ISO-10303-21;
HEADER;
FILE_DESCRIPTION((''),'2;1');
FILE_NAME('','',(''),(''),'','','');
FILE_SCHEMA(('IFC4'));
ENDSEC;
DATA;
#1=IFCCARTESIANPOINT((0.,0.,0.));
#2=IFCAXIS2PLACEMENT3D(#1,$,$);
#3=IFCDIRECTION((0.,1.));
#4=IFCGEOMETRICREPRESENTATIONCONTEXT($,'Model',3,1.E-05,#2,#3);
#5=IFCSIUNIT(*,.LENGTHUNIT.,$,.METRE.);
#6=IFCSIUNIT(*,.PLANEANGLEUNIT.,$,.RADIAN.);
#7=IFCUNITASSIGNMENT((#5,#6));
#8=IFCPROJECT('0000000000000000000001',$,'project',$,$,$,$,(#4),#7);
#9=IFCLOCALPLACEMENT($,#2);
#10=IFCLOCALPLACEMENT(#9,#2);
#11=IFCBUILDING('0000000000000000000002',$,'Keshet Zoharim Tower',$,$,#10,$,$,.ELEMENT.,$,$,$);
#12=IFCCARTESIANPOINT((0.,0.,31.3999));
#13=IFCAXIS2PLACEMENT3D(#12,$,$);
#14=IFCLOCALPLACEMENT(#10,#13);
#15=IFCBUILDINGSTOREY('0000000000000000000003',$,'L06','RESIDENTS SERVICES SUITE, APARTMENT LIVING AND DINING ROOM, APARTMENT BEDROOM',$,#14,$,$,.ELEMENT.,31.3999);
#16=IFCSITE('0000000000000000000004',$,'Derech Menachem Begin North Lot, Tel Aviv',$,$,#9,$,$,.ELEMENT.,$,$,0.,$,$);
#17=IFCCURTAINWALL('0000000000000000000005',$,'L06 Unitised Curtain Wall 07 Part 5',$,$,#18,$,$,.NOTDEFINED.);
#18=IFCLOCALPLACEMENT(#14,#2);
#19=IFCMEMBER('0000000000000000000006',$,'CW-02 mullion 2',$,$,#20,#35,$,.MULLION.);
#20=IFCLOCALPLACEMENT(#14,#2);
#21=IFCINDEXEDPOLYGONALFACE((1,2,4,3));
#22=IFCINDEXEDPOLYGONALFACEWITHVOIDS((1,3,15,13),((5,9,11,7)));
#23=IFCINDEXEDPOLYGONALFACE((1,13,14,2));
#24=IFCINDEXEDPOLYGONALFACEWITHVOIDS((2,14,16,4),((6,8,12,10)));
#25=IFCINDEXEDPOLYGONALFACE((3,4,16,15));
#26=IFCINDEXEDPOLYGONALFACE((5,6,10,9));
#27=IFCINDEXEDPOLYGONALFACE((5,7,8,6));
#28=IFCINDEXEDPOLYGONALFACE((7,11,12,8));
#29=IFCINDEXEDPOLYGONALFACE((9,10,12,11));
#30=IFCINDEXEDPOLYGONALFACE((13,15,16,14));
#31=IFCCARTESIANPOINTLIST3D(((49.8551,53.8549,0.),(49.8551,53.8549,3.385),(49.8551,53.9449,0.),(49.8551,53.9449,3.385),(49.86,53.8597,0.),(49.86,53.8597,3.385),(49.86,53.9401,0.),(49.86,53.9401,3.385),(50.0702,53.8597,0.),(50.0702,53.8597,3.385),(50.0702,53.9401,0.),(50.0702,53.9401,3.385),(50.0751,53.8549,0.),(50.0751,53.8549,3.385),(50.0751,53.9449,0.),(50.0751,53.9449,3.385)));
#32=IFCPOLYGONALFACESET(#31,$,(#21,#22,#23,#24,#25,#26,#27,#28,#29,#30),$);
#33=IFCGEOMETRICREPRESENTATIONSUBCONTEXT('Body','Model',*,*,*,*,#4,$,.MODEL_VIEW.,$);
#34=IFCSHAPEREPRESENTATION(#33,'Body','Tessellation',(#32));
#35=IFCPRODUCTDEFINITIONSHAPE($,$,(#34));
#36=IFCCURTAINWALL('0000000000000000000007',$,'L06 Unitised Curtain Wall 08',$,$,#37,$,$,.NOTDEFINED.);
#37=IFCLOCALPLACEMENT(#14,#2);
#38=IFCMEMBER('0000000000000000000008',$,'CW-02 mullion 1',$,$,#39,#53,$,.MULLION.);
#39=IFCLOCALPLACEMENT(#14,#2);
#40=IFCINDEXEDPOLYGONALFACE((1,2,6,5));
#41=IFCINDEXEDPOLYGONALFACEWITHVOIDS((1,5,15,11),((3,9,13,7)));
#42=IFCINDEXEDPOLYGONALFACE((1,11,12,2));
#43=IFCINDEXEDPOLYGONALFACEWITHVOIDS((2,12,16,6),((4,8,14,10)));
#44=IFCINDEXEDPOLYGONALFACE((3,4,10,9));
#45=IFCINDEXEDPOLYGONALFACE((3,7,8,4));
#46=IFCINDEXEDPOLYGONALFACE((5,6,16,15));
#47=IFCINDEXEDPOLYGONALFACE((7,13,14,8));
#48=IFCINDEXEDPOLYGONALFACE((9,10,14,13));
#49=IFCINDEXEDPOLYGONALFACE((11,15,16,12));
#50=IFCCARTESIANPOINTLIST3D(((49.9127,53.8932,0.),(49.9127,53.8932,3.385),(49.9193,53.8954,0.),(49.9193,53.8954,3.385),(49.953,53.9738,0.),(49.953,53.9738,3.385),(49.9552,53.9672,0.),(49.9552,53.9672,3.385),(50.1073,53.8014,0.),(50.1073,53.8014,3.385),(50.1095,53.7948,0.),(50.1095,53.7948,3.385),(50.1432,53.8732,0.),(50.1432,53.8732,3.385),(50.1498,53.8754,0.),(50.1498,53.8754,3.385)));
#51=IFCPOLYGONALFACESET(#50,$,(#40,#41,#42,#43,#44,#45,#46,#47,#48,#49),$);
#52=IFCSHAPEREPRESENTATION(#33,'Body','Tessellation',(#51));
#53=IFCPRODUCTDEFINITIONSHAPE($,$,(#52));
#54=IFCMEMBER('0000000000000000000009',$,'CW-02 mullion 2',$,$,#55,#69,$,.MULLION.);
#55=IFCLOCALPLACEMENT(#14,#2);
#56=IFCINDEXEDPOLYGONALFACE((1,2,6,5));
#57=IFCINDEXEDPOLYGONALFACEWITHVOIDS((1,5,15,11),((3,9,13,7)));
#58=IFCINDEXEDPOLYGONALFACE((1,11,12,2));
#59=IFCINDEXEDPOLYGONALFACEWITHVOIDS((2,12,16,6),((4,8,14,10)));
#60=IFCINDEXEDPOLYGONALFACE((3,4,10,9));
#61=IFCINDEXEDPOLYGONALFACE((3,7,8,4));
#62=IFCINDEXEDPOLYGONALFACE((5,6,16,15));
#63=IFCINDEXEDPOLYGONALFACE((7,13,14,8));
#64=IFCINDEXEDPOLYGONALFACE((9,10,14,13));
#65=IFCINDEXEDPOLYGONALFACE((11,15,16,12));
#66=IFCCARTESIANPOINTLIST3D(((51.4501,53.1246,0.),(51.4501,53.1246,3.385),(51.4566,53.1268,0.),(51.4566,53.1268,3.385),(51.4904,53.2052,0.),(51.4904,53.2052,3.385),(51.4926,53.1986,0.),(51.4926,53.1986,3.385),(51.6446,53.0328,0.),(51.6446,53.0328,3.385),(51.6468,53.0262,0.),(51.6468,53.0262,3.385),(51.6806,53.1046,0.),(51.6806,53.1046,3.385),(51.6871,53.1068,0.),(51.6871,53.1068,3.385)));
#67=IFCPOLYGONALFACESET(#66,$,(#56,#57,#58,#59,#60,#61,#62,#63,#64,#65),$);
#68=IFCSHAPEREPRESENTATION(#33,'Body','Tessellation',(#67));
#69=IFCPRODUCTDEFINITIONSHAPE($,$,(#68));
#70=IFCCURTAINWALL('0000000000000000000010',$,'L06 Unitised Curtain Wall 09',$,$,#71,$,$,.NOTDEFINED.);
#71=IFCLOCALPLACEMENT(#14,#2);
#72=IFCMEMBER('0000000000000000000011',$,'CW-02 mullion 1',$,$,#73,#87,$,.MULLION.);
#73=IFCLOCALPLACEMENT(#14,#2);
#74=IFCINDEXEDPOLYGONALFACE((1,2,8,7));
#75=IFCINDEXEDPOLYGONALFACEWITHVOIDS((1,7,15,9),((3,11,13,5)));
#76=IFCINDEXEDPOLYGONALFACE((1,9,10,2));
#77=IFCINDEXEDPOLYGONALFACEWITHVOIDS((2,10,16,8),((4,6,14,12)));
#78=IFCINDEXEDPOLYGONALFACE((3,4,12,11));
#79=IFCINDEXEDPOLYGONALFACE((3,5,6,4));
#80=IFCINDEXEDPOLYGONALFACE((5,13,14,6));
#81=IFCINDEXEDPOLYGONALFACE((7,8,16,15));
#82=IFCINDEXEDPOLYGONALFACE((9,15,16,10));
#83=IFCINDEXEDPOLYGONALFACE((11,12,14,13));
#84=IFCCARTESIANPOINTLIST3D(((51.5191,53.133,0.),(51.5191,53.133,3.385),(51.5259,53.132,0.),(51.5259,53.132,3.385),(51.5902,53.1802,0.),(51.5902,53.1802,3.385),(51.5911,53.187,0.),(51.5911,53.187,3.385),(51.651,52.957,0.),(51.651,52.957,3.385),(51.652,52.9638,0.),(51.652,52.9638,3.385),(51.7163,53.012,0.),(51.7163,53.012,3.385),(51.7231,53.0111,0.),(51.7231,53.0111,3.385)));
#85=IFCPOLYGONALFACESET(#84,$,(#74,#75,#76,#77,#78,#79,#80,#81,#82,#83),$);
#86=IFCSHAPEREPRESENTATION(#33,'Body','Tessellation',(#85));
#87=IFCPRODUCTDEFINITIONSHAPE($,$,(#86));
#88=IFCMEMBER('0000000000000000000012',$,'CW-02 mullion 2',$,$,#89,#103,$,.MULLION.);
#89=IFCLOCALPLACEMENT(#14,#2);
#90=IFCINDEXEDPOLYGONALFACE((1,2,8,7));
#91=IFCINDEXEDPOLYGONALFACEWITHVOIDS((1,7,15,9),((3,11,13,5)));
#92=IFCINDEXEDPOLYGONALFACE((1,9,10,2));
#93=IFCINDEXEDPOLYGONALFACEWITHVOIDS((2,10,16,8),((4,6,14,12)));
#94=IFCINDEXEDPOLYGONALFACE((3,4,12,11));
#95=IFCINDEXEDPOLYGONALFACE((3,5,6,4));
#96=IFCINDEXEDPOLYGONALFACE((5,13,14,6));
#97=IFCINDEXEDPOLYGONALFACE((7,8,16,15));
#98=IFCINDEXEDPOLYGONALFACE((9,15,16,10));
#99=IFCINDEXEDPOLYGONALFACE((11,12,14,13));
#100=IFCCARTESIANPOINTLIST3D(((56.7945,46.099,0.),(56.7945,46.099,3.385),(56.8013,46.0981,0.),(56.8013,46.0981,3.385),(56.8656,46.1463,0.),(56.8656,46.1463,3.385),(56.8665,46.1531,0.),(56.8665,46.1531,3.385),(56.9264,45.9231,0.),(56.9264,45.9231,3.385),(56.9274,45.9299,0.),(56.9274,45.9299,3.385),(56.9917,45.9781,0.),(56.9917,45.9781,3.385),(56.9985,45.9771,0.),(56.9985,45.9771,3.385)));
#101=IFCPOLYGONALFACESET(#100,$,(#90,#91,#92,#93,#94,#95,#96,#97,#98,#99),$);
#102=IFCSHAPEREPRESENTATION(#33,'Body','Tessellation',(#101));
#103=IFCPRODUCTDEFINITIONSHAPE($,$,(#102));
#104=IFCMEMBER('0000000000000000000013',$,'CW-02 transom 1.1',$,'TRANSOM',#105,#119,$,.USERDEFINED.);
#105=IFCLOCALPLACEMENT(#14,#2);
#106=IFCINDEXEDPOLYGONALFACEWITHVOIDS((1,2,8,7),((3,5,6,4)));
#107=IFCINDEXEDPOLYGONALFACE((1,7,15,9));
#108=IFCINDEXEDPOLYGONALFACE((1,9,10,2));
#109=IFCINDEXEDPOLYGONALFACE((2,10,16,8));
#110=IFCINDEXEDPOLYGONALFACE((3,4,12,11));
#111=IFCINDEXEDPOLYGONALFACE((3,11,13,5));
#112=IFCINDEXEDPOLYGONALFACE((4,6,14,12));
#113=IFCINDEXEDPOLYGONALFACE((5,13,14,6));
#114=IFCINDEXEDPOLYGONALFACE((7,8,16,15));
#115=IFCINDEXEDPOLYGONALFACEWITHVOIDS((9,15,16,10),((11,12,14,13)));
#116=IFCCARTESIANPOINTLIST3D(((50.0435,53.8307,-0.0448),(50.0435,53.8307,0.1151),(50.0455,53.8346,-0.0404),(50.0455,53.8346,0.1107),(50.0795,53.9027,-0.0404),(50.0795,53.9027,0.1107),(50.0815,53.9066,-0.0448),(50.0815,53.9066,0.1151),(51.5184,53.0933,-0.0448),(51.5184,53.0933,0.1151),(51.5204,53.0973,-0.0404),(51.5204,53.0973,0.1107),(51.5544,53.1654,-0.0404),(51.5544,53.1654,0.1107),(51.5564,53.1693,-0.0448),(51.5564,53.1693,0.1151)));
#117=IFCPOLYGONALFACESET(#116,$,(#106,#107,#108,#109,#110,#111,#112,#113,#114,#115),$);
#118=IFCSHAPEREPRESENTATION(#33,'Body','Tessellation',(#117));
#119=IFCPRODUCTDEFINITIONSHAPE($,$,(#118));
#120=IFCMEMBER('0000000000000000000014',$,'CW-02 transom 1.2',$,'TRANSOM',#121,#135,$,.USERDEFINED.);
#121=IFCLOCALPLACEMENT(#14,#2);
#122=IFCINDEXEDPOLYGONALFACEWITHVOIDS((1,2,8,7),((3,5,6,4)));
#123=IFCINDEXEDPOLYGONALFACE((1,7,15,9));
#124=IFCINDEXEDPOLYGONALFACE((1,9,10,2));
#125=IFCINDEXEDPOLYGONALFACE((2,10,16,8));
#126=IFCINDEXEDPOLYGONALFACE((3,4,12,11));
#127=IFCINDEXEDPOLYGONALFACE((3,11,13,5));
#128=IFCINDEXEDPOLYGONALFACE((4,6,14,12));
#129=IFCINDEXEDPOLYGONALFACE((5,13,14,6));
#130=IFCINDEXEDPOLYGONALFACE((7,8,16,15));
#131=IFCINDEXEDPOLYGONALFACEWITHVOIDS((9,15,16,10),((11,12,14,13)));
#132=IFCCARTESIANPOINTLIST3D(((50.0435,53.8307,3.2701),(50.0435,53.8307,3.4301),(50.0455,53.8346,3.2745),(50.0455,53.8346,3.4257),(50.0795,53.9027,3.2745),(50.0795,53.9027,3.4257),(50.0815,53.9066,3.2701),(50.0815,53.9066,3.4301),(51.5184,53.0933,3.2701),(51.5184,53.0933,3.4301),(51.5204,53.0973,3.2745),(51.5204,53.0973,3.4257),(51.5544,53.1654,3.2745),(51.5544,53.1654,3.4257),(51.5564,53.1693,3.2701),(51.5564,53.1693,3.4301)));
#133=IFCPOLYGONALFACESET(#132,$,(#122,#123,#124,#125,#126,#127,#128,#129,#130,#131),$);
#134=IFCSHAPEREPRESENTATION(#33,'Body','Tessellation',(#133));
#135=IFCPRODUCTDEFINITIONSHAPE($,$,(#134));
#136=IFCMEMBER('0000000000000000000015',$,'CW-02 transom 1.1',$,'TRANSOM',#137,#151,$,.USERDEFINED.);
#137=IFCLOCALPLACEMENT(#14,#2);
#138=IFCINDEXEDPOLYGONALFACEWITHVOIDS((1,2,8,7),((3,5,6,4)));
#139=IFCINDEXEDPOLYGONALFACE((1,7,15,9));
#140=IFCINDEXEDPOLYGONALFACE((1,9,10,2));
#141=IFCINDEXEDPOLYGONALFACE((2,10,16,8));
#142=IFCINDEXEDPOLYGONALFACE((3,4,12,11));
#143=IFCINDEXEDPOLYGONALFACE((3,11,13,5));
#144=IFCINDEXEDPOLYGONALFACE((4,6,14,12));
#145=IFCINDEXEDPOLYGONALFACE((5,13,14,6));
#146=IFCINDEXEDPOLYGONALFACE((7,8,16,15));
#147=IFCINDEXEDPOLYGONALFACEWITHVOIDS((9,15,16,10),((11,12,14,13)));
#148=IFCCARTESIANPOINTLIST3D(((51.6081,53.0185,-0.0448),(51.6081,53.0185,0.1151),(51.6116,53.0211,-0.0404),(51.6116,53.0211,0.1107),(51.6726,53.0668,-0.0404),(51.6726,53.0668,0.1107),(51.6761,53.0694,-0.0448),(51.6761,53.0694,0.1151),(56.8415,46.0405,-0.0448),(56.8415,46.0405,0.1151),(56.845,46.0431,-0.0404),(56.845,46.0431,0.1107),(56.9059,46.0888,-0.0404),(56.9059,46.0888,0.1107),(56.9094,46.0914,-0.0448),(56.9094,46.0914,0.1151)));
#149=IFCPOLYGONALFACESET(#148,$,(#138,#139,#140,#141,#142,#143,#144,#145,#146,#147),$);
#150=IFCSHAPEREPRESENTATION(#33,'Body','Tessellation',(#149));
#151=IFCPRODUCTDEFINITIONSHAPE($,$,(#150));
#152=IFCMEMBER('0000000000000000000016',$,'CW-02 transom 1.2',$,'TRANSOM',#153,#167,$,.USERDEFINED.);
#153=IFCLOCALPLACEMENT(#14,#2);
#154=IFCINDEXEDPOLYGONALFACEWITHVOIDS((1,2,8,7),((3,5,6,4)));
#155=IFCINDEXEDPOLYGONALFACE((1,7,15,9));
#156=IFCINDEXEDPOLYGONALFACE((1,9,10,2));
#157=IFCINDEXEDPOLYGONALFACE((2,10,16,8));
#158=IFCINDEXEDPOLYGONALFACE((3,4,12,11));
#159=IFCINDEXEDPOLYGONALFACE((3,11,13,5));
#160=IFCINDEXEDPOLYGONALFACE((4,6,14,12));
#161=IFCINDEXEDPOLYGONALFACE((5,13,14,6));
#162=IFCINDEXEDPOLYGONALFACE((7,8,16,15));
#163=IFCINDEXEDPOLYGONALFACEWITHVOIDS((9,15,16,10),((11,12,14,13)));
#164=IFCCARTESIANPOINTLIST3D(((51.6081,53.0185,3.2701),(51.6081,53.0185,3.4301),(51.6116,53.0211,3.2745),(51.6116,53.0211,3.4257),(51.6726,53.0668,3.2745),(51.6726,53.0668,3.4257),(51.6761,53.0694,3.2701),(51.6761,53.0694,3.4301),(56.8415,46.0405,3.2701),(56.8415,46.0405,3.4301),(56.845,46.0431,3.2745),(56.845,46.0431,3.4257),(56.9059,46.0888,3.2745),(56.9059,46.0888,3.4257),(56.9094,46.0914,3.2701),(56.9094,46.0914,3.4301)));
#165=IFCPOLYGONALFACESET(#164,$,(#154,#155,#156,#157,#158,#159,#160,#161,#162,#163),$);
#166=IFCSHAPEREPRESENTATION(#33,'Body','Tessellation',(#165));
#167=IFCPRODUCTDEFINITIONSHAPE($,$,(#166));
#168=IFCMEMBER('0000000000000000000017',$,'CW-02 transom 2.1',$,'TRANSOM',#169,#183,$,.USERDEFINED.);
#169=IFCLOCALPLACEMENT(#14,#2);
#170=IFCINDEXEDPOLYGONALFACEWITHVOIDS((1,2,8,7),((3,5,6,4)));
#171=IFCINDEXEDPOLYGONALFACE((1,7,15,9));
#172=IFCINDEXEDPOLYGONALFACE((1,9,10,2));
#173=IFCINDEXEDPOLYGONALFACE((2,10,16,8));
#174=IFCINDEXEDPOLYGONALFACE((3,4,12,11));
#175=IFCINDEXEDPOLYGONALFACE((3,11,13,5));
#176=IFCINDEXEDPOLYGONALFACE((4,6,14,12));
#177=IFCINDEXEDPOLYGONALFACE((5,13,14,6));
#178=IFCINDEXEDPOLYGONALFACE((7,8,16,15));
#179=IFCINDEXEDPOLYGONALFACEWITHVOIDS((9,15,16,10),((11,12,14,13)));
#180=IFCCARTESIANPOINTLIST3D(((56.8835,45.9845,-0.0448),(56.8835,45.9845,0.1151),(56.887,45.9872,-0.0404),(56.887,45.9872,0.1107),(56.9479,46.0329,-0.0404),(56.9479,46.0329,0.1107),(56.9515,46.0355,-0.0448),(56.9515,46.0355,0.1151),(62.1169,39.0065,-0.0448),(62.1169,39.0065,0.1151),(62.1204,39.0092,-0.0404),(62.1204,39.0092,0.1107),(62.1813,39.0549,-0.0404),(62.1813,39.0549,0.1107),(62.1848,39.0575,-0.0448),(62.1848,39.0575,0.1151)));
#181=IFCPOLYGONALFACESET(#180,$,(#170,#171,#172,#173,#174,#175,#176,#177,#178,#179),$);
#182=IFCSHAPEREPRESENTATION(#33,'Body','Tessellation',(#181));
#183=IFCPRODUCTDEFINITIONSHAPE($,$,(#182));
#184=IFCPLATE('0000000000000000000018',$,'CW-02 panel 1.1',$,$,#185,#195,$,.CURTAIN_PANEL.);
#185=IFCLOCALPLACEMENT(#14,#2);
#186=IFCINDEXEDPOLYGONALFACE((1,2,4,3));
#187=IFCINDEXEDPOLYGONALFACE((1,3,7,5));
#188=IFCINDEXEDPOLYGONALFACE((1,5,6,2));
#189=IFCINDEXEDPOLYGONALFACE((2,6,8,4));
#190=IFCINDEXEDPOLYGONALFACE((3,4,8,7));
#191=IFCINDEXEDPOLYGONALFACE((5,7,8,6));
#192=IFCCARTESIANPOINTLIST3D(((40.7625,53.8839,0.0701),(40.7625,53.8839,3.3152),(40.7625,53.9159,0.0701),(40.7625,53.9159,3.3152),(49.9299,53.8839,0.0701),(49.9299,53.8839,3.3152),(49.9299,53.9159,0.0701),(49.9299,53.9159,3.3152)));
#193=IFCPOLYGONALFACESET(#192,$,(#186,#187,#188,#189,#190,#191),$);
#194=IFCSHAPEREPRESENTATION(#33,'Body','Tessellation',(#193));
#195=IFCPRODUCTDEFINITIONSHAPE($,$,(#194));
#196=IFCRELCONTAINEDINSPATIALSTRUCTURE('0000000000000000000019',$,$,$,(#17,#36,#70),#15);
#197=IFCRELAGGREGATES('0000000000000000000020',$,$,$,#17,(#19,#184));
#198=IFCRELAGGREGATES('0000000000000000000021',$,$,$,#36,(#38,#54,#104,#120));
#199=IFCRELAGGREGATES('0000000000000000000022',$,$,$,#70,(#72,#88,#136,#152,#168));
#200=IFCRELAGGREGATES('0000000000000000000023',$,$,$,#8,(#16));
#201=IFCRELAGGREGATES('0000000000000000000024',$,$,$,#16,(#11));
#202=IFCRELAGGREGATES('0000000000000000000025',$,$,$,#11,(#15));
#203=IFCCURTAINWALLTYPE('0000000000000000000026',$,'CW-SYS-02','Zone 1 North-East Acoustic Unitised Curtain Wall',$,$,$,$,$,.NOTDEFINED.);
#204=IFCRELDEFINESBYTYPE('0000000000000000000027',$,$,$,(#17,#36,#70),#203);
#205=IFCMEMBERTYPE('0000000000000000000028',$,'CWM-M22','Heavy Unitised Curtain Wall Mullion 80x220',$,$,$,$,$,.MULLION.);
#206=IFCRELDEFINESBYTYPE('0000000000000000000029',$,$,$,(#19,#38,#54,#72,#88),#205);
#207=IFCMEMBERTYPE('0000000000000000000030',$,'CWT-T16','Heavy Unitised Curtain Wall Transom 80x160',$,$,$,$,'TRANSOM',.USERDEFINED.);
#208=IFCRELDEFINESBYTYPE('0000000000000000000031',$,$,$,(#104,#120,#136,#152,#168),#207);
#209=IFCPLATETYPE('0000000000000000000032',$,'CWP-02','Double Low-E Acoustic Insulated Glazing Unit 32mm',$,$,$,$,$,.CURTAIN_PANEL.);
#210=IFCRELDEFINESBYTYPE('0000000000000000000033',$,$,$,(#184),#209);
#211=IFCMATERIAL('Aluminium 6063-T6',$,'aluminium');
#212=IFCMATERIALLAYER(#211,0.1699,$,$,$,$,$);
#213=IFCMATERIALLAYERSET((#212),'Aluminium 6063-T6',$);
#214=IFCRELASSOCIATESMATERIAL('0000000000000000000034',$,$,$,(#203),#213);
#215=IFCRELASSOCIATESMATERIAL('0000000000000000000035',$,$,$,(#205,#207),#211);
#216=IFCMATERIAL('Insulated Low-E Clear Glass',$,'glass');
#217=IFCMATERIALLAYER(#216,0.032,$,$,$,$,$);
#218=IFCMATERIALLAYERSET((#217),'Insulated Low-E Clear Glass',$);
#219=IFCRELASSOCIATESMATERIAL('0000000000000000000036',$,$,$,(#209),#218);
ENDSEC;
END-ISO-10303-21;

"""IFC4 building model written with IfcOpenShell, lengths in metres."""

from ifc_helpers import new_model, si_unit, direction, frame, origin, origin_2d, place, context, subcontext, project, spatial, rectangle, hollow_rectangle, extrude, material, layer, layer_set, material_profile, profile_set, type_object, element, aggregate, save


model = new_model("IFC4")

# Units and contexts
model_context = context("Model", 3, precision=1e-05, world=origin(), true_north=direction((0.0, 1.0)))
body_context = subcontext(model_context, "Body", "Model", "MODEL_VIEW")
ifc_project = project(units=[si_unit("LENGTHUNIT", "METRE"), si_unit("PLANEANGLEUNIT", "RADIAN")], contexts=[model_context])

# Site, building, storey
site_placement = place(None, origin())
site = spatial("IfcSite", under=ifc_project, at=site_placement, Name="Derech Menachem Begin North Lot, Tel Aviv", CompositionType="ELEMENT", RefElevation=0.0)
building_placement = place(site_placement, origin())
building = spatial("IfcBuilding", under=site, at=building_placement, Name="Keshet Zoharim Tower", CompositionType="ELEMENT")
storey_placement = place(building_placement, frame((0.0, 0.0, 31.3999)))
storey = spatial("IfcBuildingStorey", under=building, at=storey_placement, Name="L06", Description="RESIDENTS SERVICES SUITE, APARTMENT LIVING AND DINING ROOM, APARTMENT BEDROOM", CompositionType="ELEMENT", Elevation=31.3999)

# Curtain wall, member
ifc_material_1 = material(Name="Aluminium 6063-T6", Category="aluminium")
ifc_layer_1 = layer(ifc_material_1, 0.1699)
ifc_layer_set_1 = layer_set([ifc_layer_1], Name="Aluminium 6063-T6")
curtain_wall_type = type_object("IfcCurtainWallType", Name="CW-SYS-02", Description="Zone 1 North-East Acoustic Unitised Curtain Wall", PredefinedType="NOTDEFINED", material=ifc_layer_set_1)
curtain_wall_1_placement = place(storey_placement, origin())
curtain_wall_1 = element("IfcCurtainWall", 1, at=curtain_wall_1_placement, inside=storey, type_object=curtain_wall_type, Name="L06 Unitised Curtain Wall 07 Part 5", PredefinedType="NOTDEFINED")
ifc_material_profile_1 = material_profile(ifc_material_1, hollow_rectangle(XDim=0.0901, YDim=0.22, WallThickness=0.0049, at=origin_2d()), Name="MUL-90x220")
ifc_profile_set_1 = profile_set([ifc_material_profile_1], Name="Aluminium 6063-T6")
member_type_1 = type_object("IfcMemberType", Name="CWM-M22", Description="Heavy Unitised Curtain Wall Mullion 80x220", PredefinedType="MULLION", material=ifc_profile_set_1)
member_1_placement = place(storey_placement, frame((49.9651, 53.8999, 0.0), z_axis=(0.0, 0.0, 1.0), x_axis=(0.0, 1.0, 0.0)))
member_1 = element("IfcMember", 2, at=member_1_placement, type_object=member_type_1, Name="CW-02 mullion 2", PredefinedType="MULLION", context=body_context, shape_type="SweptSolid", body=[
    extrude(hollow_rectangle(XDim=0.0901, YDim=0.22, WallThickness=0.0049, at=origin_2d()), origin(), (0.0, 0.0, 1.0), 3.385),
])

# Curtain walls, members
curtain_wall_2_placement = place(storey_placement, origin())
curtain_wall_2 = element("IfcCurtainWall", 3, at=curtain_wall_2_placement, inside=storey, type_object=curtain_wall_type, Name="L06 Unitised Curtain Wall 08", PredefinedType="NOTDEFINED")
member_2_placement = place(storey_placement, frame((50.0312, 53.8843, 0.0), z_axis=(0.0, 0.0, 1.0), x_axis=(0.447214, 0.894427, 0.0)))
member_2 = element("IfcMember", 4, at=member_2_placement, type_object=member_type_1, Name="CW-02 mullion 1", PredefinedType="MULLION", context=body_context, shape_type="SweptSolid", body=[
    extrude(hollow_rectangle(XDim=0.0901, YDim=0.22, WallThickness=0.0049, at=origin_2d()), origin(), (0.0, 0.0, 1.0), 3.385),
])
member_3_placement = place(storey_placement, frame((51.5686, 53.1157, 0.0), z_axis=(0.0, 0.0, 1.0), x_axis=(0.447214, 0.894427, 0.0)))
member_3 = element("IfcMember", 5, at=member_3_placement, type_object=member_type_1, Name="CW-02 mullion 2", PredefinedType="MULLION", context=body_context, shape_type="SweptSolid", body=[
    extrude(hollow_rectangle(XDim=0.0901, YDim=0.22, WallThickness=0.0049, at=origin_2d()), origin(), (0.0, 0.0, 1.0), 3.385),
])
curtain_wall_3_placement = place(storey_placement, origin())
curtain_wall_3 = element("IfcCurtainWall", 6, at=curtain_wall_3_placement, inside=storey, type_object=curtain_wall_type, Name="L06 Unitised Curtain Wall 09", PredefinedType="NOTDEFINED")
member_4_placement = place(storey_placement, frame((51.6211, 53.072, 0.0), z_axis=(0.0, 0.0, 1.0), x_axis=(0.8, 0.6, 0.0)))
member_4 = element("IfcMember", 7, at=member_4_placement, type_object=member_type_1, Name="CW-02 mullion 1", PredefinedType="MULLION", context=body_context, shape_type="SweptSolid", body=[
    extrude(hollow_rectangle(XDim=0.0901, YDim=0.22, WallThickness=0.0049, at=origin_2d()), origin(), (0.0, 0.0, 1.0), 3.385),
])
member_5_placement = place(storey_placement, frame((56.8965, 46.0381, 0.0), z_axis=(0.0, 0.0, 1.0), x_axis=(0.8, 0.6, 0.0)))
member_5 = element("IfcMember", 8, at=member_5_placement, type_object=member_type_1, Name="CW-02 mullion 2", PredefinedType="MULLION", context=body_context, shape_type="SweptSolid", body=[
    extrude(hollow_rectangle(XDim=0.0901, YDim=0.22, WallThickness=0.0049, at=origin_2d()), origin(), (0.0, 0.0, 1.0), 3.385),
])

# Members
ifc_material_profile_2 = material_profile(ifc_material_1, hollow_rectangle(XDim=0.085, YDim=0.1599, WallThickness=0.0044, at=origin_2d()), Name="TRN-85x160")
ifc_profile_set_2 = profile_set([ifc_material_profile_2], Name="Aluminium 6063-T6")
member_type_2 = type_object("IfcMemberType", Name="CWT-T16", Description="Heavy Unitised Curtain Wall Transom 80x160", ElementType="TRANSOM", PredefinedType="USERDEFINED", material=ifc_profile_set_2)
member_6_placement = place(storey_placement, frame((50.0625, 53.8687, 0.0352), z_axis=(0.894457, -0.447154, 0.0), x_axis=(0.447154, 0.894457, 0.0)))
member_6 = element("IfcMember", 9, at=member_6_placement, type_object=member_type_2, Name="CW-02 transom 1.1", ObjectType="TRANSOM", PredefinedType="USERDEFINED", context=body_context, shape_type="SweptSolid", body=[
    extrude(hollow_rectangle(XDim=0.085, YDim=0.1599, WallThickness=0.0044, at=origin_2d()), origin(), (0.0, 0.0, 1.0), 1.6489),
])
member_7_placement = place(storey_placement, frame((50.0625, 53.8687, 3.3501), z_axis=(0.894457, -0.447154, 0.0), x_axis=(0.447154, 0.894457, 0.0)))
member_7 = element("IfcMember", 10, at=member_7_placement, type_object=member_type_2, Name="CW-02 transom 1.2", ObjectType="TRANSOM", PredefinedType="USERDEFINED", context=body_context, shape_type="SweptSolid", body=[
    extrude(hollow_rectangle(XDim=0.085, YDim=0.1599, WallThickness=0.0044, at=origin_2d()), origin(), (0.0, 0.0, 1.0), 1.6489),
])
member_8_placement = place(storey_placement, frame((51.6421, 53.0439, 0.0352), z_axis=(0.599991, -0.800007, 0.0), x_axis=(0.800007, 0.599991, 0.0)))
member_8 = element("IfcMember", 11, at=member_8_placement, type_object=member_type_2, Name="CW-02 transom 1.1", ObjectType="TRANSOM", PredefinedType="USERDEFINED", context=body_context, shape_type="SweptSolid", body=[
    extrude(hollow_rectangle(XDim=0.085, YDim=0.1599, WallThickness=0.0044, at=origin_2d()), origin(), (0.0, 0.0, 1.0), 8.7224),
])
member_9_placement = place(storey_placement, frame((51.6421, 53.0439, 3.3501), z_axis=(0.599991, -0.800007, 0.0), x_axis=(0.800007, 0.599991, 0.0)))
member_9 = element("IfcMember", 12, at=member_9_placement, type_object=member_type_2, Name="CW-02 transom 1.2", ObjectType="TRANSOM", PredefinedType="USERDEFINED", context=body_context, shape_type="SweptSolid", body=[
    extrude(hollow_rectangle(XDim=0.085, YDim=0.1599, WallThickness=0.0044, at=origin_2d()), origin(), (0.0, 0.0, 1.0), 8.7224),
])
member_10_placement = place(storey_placement, frame((56.9175, 46.01, 0.0352), z_axis=(0.599991, -0.800007, 0.0), x_axis=(0.800007, 0.599991, 0.0)))
member_10 = element("IfcMember", 13, at=member_10_placement, type_object=member_type_2, Name="CW-02 transom 2.1", ObjectType="TRANSOM", PredefinedType="USERDEFINED", context=body_context, shape_type="SweptSolid", body=[
    extrude(hollow_rectangle(XDim=0.085, YDim=0.1599, WallThickness=0.0044, at=origin_2d()), origin(), (0.0, 0.0, 1.0), 8.7224),
])

# Plate
ifc_material_2 = material(Name="Insulated Low-E Clear Glass", Category="glass")
ifc_layer_2 = layer(ifc_material_2, 0.032)
ifc_layer_set_2 = layer_set([ifc_layer_2], Name="Insulated Low-E Clear Glass")
plate_type = type_object("IfcPlateType", Name="CWP-02", Description="Double Low-E Acoustic Insulated Glazing Unit 32mm", PredefinedType="CURTAIN_PANEL", material=ifc_layer_set_2)
plate_1_placement = place(storey_placement, frame((45.3462, 53.8999, 0.0701), z_axis=(0.0, 0.0, 1.0), x_axis=(1.0, 0.0, 0.0)))
plate_1 = element("IfcPlate", 14, at=plate_1_placement, type_object=plate_type, Name="CW-02 panel 1.1", PredefinedType="CURTAIN_PANEL", context=body_context, shape_type="SweptSolid", body=[
    extrude(rectangle(XDim=9.1675, YDim=0.032, at=origin_2d()), origin(), (0.0, 0.0, 1.0), 3.2451),
])
aggregate(curtain_wall_1, [member_1, plate_1])
aggregate(curtain_wall_2, [member_2, member_3, member_6, member_7])
aggregate(curtain_wall_3, [member_4, member_5, member_8, member_9, member_10])

save(model, "model.ifc")
